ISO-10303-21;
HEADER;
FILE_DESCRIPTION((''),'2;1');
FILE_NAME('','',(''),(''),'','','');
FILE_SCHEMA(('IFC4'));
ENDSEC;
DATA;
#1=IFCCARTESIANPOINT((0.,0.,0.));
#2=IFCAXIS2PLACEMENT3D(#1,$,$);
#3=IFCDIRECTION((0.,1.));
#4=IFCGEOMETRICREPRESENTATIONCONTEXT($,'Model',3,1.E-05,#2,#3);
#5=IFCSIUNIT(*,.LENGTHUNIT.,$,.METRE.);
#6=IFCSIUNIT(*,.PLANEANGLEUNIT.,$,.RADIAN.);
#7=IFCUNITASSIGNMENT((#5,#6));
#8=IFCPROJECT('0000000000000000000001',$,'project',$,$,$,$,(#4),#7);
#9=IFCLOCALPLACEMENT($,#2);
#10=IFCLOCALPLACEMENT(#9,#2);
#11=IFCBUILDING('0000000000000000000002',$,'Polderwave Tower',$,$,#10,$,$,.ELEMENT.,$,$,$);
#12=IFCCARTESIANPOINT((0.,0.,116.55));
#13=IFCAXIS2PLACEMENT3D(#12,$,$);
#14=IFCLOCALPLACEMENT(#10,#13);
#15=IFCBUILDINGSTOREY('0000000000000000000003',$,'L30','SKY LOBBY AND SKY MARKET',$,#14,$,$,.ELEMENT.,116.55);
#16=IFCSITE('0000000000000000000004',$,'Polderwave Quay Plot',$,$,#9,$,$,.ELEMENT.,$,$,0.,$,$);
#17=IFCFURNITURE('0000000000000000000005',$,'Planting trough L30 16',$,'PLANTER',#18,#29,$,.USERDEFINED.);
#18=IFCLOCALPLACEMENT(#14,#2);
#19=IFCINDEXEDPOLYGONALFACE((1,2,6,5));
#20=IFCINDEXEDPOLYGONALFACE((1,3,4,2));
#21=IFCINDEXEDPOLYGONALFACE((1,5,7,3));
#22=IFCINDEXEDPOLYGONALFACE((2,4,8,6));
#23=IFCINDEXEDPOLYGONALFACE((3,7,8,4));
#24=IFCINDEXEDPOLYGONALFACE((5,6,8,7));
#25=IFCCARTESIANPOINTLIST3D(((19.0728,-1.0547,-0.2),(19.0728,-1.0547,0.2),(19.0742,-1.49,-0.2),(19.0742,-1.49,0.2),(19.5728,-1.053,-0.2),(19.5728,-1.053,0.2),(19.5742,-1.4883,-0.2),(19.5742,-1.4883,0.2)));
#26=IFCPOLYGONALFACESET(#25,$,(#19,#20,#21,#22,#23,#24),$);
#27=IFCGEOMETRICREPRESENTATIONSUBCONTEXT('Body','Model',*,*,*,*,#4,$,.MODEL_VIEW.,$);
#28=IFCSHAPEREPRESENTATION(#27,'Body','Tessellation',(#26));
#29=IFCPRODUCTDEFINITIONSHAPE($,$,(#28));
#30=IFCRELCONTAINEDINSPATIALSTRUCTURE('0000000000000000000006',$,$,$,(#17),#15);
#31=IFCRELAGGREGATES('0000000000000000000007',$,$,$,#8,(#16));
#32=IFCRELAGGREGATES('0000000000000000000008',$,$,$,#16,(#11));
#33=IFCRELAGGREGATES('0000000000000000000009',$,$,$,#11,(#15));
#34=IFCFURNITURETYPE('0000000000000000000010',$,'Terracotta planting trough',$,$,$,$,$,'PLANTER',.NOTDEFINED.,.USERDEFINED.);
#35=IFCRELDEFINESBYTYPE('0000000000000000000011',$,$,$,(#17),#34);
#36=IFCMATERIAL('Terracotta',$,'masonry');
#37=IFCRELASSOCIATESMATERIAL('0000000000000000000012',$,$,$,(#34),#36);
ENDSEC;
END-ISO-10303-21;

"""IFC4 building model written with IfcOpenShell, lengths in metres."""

from ifc_helpers import new_model, si_unit, direction, frame, origin, origin_2d, place, context, subcontext, project, spatial, rectangle, extrude, material, type_object, element, save


model = new_model("IFC4")

# Units and contexts
model_context = context("Model", 3, precision=1e-05, world=origin(), true_north=direction((0.0, 1.0)))
body_context = subcontext(model_context, "Body", "Model", "MODEL_VIEW")
ifc_project = project(units=[si_unit("LENGTHUNIT", "METRE"), si_unit("PLANEANGLEUNIT", "RADIAN")], contexts=[model_context])

# Site, building, storey
site_placement = place(None, origin())
site = spatial("IfcSite", under=ifc_project, at=site_placement, Name="Polderwave Quay Plot", CompositionType="ELEMENT", RefElevation=0.0)
building_placement = place(site_placement, origin())
building = spatial("IfcBuilding", under=site, at=building_placement, Name="Polderwave Tower", CompositionType="ELEMENT")
storey_placement = place(building_placement, frame((0.0, 0.0, 116.55)))
storey = spatial("IfcBuildingStorey", under=building, at=storey_placement, Name="L30", Description="SKY LOBBY AND SKY MARKET", CompositionType="ELEMENT", Elevation=116.55)

# Furniture
ifc_material_1 = material(Name="Terracotta", Category="masonry")
furniture_type = type_object("IfcFurnitureType", Name="Terracotta planting trough", ElementType="PLANTER", AssemblyPlace="NOTDEFINED", PredefinedType="USERDEFINED", material=ifc_material_1)
furniture_placement = place(storey_placement, frame((19.3235, -1.2715, -0.2), z_axis=(0.0, 0.0, 1.0), x_axis=(-0.003328, 0.999994, 0.0)))
element("IfcFurniture", 1, at=furniture_placement, inside=storey, type_object=furniture_type, Name="Planting trough L30 16", ObjectType="PLANTER", PredefinedType="USERDEFINED", context=body_context, shape_type="SweptSolid", body=[
    extrude(rectangle(XDim=0.4353, YDim=0.5, at=origin_2d()), origin(), (0.0, 0.0, 1.0), 0.3999),
])

save(model, "model.ifc")
